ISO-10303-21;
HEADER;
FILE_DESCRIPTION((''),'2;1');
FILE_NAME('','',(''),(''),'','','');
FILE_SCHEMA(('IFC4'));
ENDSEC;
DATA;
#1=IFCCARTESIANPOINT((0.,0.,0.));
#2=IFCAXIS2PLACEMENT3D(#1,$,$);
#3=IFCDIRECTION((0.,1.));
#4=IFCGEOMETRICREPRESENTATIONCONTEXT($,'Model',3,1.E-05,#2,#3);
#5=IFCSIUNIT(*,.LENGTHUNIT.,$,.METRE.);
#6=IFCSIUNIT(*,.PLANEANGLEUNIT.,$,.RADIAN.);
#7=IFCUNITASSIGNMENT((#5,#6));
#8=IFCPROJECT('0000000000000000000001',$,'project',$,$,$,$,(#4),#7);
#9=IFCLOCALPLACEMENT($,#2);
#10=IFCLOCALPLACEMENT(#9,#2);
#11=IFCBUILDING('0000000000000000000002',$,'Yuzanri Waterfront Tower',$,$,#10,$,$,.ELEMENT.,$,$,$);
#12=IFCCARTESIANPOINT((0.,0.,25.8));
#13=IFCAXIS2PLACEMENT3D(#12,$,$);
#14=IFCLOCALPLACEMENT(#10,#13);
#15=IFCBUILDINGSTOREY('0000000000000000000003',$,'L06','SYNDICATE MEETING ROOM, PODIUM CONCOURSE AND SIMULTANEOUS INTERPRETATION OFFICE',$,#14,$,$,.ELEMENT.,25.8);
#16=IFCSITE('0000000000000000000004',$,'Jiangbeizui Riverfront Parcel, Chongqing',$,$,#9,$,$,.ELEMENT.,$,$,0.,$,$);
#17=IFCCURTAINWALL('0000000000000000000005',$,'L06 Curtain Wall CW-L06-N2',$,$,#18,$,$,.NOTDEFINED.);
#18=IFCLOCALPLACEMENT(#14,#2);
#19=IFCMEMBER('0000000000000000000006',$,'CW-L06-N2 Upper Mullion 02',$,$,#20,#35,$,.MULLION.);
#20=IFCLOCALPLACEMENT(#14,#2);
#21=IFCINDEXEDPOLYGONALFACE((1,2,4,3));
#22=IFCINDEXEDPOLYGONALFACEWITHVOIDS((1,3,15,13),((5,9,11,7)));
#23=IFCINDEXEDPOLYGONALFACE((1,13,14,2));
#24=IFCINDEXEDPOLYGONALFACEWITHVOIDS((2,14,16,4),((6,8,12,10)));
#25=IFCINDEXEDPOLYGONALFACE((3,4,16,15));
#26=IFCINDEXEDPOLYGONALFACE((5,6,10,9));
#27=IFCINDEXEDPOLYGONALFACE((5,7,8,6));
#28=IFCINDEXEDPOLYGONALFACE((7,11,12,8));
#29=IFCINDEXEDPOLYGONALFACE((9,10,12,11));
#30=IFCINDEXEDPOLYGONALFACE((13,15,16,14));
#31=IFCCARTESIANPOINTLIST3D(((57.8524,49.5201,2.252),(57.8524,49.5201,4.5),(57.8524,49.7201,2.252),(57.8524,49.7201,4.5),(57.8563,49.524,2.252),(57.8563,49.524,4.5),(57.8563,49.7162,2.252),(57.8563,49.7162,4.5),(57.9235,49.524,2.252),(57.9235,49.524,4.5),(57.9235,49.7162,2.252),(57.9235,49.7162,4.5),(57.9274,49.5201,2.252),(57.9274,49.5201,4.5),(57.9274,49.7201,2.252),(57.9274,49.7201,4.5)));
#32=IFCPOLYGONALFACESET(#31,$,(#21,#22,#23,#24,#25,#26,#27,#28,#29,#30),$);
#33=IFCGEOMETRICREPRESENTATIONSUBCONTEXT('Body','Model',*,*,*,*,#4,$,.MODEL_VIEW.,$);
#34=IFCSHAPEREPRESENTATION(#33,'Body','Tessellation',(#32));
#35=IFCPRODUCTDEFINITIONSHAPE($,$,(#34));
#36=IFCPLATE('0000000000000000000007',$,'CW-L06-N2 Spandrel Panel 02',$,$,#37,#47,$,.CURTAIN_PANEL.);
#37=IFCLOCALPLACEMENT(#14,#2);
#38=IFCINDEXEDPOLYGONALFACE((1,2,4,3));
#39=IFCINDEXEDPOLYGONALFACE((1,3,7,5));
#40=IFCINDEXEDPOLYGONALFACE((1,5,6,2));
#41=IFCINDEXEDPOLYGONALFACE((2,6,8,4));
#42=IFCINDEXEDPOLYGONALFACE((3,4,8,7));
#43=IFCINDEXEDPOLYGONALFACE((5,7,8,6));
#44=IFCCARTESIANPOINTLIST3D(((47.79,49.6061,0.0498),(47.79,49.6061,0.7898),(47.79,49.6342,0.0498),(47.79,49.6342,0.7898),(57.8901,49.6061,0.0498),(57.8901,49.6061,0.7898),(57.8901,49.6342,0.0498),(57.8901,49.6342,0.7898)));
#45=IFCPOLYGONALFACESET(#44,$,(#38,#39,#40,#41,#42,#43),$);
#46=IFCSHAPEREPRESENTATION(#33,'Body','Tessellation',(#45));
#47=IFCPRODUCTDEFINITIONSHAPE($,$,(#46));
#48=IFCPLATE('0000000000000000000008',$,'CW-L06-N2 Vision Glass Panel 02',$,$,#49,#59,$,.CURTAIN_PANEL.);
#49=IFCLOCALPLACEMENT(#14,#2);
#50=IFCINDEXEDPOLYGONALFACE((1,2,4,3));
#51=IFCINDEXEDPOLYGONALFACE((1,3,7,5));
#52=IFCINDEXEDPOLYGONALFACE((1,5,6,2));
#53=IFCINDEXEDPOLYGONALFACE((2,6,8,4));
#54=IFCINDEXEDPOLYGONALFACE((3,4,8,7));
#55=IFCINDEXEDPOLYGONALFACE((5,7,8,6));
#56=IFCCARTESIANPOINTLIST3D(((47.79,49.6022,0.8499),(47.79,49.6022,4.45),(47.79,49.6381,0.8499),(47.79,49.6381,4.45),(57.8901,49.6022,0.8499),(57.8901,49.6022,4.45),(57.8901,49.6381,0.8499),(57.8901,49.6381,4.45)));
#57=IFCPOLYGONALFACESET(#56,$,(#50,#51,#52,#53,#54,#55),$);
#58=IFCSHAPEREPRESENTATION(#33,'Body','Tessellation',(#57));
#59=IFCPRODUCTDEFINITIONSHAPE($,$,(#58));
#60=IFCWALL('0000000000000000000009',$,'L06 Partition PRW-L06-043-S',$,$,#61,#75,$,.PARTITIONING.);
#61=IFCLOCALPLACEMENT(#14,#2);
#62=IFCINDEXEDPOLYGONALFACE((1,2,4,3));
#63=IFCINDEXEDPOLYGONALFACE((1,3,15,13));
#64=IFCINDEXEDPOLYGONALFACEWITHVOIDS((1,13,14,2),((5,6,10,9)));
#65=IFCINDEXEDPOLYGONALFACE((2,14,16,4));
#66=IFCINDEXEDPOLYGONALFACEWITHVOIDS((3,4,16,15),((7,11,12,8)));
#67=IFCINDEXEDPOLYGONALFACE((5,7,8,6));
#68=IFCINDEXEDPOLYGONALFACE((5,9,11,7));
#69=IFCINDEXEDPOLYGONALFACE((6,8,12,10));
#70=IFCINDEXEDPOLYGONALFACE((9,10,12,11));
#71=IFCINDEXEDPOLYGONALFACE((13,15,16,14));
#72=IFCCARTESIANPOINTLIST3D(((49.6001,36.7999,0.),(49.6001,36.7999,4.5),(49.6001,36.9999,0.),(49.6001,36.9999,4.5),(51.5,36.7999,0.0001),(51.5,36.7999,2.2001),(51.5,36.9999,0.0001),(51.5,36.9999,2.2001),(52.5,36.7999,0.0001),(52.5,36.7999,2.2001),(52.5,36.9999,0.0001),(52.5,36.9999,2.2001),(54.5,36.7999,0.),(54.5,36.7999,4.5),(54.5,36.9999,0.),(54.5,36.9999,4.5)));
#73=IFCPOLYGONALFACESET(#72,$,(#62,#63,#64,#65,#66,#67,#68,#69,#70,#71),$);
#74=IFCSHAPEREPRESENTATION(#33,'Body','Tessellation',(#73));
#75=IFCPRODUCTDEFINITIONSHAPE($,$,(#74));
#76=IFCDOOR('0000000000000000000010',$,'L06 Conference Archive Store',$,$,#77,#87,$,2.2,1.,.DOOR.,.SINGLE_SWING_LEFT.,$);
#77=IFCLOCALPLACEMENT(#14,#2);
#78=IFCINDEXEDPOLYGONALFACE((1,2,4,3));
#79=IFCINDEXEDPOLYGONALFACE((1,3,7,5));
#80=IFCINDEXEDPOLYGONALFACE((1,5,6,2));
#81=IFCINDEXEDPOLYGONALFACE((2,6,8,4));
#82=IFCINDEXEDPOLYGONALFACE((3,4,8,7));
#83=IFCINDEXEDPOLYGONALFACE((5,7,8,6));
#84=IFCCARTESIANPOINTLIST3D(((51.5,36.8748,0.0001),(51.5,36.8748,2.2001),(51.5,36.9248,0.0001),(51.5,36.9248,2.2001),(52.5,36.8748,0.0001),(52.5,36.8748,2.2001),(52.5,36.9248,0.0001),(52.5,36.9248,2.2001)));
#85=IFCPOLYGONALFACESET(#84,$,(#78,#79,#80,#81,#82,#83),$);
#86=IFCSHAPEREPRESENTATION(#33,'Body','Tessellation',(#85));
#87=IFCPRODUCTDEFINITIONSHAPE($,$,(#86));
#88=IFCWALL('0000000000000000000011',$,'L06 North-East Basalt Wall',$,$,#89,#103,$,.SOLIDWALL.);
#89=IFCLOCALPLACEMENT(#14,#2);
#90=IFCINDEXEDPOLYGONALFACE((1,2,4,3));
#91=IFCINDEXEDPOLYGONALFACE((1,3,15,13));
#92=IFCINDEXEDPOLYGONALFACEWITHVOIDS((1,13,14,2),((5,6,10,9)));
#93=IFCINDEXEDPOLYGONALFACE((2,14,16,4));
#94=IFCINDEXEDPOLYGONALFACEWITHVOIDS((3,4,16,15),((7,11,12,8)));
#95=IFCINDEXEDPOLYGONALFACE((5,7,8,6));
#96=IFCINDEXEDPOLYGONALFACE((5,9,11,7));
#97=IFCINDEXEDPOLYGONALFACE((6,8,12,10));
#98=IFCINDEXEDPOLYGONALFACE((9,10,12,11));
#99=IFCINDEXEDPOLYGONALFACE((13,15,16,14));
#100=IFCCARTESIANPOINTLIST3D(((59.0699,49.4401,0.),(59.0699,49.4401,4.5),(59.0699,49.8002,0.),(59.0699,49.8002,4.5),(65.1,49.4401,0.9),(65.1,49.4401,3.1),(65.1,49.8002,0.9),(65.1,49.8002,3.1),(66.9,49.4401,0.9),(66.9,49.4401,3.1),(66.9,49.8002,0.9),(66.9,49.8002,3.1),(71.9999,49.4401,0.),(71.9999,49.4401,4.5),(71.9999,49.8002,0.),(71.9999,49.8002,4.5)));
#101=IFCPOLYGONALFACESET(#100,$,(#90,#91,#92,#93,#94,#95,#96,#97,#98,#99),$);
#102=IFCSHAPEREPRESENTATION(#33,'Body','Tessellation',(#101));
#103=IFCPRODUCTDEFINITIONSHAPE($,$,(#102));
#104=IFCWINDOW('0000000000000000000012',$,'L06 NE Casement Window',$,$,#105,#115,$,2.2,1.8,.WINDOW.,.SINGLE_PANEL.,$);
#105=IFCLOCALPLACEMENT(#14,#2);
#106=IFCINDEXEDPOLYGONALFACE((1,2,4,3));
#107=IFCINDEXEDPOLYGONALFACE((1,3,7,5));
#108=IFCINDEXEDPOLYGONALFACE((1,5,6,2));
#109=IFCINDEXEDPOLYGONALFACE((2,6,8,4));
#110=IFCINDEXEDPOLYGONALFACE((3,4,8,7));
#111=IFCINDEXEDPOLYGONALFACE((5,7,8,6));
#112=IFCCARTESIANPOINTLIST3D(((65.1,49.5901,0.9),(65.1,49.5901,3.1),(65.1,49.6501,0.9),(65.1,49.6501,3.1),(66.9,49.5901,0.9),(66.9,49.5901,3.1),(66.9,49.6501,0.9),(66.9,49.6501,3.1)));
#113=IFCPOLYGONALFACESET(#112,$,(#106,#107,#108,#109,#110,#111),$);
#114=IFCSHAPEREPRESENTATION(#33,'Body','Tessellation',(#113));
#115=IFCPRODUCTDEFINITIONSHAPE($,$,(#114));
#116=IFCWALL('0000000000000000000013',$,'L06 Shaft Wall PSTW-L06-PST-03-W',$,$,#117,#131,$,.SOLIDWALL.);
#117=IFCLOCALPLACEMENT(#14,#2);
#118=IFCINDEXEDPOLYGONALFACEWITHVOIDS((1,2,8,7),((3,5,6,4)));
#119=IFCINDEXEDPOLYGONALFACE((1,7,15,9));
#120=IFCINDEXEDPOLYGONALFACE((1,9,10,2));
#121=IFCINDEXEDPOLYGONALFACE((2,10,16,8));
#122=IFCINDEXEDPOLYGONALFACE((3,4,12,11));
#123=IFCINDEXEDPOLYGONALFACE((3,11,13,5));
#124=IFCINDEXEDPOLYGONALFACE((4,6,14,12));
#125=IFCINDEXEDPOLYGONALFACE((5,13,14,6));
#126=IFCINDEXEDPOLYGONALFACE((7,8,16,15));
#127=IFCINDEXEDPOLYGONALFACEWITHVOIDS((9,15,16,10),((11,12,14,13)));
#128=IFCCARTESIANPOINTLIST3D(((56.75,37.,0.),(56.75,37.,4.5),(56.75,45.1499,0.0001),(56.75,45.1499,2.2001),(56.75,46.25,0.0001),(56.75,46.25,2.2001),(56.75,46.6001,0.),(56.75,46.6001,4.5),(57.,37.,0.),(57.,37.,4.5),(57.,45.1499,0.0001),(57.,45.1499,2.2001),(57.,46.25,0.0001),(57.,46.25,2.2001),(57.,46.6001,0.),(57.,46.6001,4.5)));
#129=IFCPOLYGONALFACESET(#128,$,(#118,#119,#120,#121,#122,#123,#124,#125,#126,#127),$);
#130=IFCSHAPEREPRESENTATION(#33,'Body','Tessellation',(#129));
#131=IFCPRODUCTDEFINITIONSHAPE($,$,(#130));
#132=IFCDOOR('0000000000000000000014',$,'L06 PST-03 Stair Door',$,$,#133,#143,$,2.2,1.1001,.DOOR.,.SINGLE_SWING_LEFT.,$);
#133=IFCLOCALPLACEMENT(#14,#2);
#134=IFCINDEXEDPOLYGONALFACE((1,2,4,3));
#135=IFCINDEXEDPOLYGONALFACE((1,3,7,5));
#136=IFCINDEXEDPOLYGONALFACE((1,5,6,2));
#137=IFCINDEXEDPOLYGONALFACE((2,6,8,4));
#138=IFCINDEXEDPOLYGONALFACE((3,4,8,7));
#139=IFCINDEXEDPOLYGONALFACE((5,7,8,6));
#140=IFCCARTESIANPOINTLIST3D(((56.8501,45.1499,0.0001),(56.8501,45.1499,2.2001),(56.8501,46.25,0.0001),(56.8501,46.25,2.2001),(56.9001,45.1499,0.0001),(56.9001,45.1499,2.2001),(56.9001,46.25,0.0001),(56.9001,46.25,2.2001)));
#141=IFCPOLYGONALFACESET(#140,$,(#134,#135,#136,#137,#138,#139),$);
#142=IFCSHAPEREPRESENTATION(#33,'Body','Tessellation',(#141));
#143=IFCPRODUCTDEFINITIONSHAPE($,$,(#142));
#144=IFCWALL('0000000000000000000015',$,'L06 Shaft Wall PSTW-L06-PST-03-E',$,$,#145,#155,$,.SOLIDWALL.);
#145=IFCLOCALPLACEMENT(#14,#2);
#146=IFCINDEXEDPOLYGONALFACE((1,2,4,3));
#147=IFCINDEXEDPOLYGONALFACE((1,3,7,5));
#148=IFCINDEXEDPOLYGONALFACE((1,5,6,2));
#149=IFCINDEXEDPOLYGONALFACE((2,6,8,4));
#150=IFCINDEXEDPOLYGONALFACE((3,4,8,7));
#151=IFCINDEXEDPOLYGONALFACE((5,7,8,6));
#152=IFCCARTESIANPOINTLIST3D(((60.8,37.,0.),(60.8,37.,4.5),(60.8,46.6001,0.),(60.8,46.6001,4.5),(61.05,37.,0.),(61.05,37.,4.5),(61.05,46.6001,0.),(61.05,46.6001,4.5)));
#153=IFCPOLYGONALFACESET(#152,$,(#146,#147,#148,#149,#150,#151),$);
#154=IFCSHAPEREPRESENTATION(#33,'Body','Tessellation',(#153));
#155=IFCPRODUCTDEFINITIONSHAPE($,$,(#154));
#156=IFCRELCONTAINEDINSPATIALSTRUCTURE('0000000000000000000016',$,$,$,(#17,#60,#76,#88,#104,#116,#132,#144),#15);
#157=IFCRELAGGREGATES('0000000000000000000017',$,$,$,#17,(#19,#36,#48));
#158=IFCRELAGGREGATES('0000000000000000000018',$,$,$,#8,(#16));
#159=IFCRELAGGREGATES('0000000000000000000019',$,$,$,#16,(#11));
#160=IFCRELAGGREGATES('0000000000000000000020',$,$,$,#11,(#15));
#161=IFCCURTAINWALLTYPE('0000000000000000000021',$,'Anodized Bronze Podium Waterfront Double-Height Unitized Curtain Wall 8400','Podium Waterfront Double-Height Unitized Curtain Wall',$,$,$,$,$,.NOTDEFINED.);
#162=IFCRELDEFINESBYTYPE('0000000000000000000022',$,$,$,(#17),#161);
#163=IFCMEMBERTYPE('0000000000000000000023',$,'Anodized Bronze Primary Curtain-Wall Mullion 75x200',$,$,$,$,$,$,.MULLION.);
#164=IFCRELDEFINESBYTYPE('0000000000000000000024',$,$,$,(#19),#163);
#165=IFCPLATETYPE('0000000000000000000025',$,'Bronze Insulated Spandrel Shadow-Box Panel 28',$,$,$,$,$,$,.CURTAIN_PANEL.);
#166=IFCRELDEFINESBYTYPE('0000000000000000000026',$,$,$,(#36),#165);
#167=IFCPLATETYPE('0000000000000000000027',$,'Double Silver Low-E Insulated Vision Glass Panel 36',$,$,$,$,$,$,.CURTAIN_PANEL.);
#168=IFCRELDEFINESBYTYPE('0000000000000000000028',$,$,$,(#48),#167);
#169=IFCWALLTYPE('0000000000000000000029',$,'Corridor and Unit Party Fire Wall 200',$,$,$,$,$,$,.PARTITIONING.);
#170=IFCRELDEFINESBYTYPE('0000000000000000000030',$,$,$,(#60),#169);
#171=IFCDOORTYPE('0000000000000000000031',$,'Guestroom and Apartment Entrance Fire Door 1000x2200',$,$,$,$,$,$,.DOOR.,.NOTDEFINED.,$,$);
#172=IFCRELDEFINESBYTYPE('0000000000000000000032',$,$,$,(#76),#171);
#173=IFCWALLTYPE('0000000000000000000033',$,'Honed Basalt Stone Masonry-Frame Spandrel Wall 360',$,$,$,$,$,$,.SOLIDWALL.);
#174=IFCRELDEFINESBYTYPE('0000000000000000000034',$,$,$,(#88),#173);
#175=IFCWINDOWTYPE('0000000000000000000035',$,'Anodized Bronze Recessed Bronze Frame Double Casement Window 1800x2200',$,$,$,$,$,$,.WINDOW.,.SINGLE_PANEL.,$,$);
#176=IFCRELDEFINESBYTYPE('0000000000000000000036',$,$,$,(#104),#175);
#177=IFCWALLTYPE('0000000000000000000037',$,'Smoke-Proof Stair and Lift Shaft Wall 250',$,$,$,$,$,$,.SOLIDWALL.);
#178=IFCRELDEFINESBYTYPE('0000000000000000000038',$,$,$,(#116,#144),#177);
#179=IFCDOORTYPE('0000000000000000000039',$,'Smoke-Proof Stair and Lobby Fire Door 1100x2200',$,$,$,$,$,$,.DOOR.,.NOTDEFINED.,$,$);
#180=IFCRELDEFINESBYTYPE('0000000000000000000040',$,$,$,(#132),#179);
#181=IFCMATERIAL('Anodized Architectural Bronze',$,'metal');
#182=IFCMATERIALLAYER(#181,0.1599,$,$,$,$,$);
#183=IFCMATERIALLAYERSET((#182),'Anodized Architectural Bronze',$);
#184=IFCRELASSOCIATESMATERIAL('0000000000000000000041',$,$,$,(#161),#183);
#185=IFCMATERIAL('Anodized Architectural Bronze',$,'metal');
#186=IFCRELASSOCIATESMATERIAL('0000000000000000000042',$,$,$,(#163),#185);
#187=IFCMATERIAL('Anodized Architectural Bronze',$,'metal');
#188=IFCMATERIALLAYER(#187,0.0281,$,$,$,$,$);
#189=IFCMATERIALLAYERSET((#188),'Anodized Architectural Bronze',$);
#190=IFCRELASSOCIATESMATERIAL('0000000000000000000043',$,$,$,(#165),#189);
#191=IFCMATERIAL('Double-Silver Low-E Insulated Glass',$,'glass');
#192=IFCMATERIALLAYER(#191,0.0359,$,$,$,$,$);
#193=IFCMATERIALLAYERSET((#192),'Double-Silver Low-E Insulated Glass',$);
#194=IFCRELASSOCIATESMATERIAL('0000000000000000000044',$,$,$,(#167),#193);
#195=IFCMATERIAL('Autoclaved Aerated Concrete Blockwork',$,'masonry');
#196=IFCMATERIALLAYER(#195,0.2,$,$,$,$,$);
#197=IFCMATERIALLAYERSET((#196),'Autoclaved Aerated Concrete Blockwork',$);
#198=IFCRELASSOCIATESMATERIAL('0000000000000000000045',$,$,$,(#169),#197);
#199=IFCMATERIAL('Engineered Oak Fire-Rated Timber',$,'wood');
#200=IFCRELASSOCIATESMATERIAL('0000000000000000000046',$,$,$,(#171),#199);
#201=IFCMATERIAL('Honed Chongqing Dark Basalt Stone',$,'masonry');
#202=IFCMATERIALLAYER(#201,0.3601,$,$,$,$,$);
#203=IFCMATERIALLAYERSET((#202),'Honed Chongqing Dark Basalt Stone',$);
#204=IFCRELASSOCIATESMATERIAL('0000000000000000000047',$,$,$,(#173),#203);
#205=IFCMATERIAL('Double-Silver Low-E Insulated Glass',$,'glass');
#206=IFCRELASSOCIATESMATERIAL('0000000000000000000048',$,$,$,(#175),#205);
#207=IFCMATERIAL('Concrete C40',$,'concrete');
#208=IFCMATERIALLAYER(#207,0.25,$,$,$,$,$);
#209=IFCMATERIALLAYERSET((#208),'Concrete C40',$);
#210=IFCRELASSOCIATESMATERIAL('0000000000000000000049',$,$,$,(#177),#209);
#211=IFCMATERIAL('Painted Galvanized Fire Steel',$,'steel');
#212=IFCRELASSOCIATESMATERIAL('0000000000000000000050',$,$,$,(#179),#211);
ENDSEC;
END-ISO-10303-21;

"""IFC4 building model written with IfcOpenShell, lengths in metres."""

from ifc_helpers import new_model, si_unit, direction, frame, frame_2d, origin, origin_2d, place, context, subcontext, project, spatial, rectangle, hollow_rectangle, extrude, source, transform, mapped, material, layer, layer_set, material_profile, profile_set, type_object, element, fill, aggregate, save


model = new_model("IFC4")

# Units and contexts
model_context = context("Model", 3, precision=1e-05, world=origin(), true_north=direction((0.0, 1.0)))
body_context = subcontext(model_context, "Body", "Model", "MODEL_VIEW")
ifc_project = project(units=[si_unit("LENGTHUNIT", "METRE"), si_unit("PLANEANGLEUNIT", "RADIAN")], contexts=[model_context])

# Site, building, storey
site_placement = place(None, origin())
site = spatial("IfcSite", under=ifc_project, at=site_placement, Name="Jiangbeizui Riverfront Parcel, Chongqing", CompositionType="ELEMENT", RefElevation=0.0)
building_placement = place(site_placement, origin())
building = spatial("IfcBuilding", under=site, at=building_placement, Name="Yuzanri Waterfront Tower", CompositionType="ELEMENT")
storey_placement = place(building_placement, frame((0.0, 0.0, 25.8)))
storey = spatial("IfcBuildingStorey", under=building, at=storey_placement, Name="L06", Description="SYNDICATE MEETING ROOM, PODIUM CONCOURSE AND SIMULTANEOUS INTERPRETATION OFFICE", CompositionType="ELEMENT", Elevation=25.8)

# Curtain wall, member, plates
ifc_material_1 = material(Name="Anodized Architectural Bronze", Category="metal")
ifc_layer_1 = layer(ifc_material_1, 0.1599)
ifc_layer_set_1 = layer_set([ifc_layer_1], Name="Anodized Architectural Bronze")
curtain_wall_type = type_object("IfcCurtainWallType", Name="Anodized Bronze Podium Waterfront Double-Height Unitized Curtain Wall 8400", Description="Podium Waterfront Double-Height Unitized Curtain Wall", PredefinedType="NOTDEFINED", material=ifc_layer_set_1)
curtain_wall_placement = place(storey_placement, origin())
curtain_wall = element("IfcCurtainWall", 1, at=curtain_wall_placement, inside=storey, type_object=curtain_wall_type, Name="L06 Curtain Wall CW-L06-N2", PredefinedType="NOTDEFINED")
ifc_material_2 = material(Name="Anodized Architectural Bronze", Category="metal")
ifc_material_profile_1 = material_profile(ifc_material_2, hollow_rectangle(XDim=0.075, YDim=0.2, WallThickness=0.0039, at=origin_2d()), Name="CWM 75x200")
ifc_profile_set_1 = profile_set([ifc_material_profile_1], Name="Anodized Architectural Bronze")
member_type = type_object("IfcMemberType", Name="Anodized Bronze Primary Curtain-Wall Mullion 75x200", PredefinedType="MULLION", material=ifc_profile_set_1)
shared_shape_1 = source(origin(), body_context, "Body", "SweptSolid", [
    extrude(hollow_rectangle(XDim=0.075, YDim=0.2, WallThickness=0.0039, at=origin_2d()), origin(), (0.0, 0.0, 1.0), 2.248),
])
member_1_placement = place(storey_placement, frame((57.8899, 49.6201, 2.252), z_axis=(0.0, 0.0, 1.0), x_axis=(1.0, 0.0, 0.0)))
member_1 = element("IfcMember", 2, at=member_1_placement, type_object=member_type, Name="CW-L06-N2 Upper Mullion 02", PredefinedType="MULLION", context=body_context, shape_type="MappedRepresentation", body=[
    mapped(shared_shape_1, transform((0.0, 0.0, 0.0), scale=1.0)),
])
ifc_material_3 = material(Name="Anodized Architectural Bronze", Category="metal")
ifc_layer_2 = layer(ifc_material_3, 0.0281)
ifc_layer_set_2 = layer_set([ifc_layer_2], Name="Anodized Architectural Bronze")
plate_type_1 = type_object("IfcPlateType", Name="Bronze Insulated Spandrel Shadow-Box Panel 28", PredefinedType="CURTAIN_PANEL", material=ifc_layer_set_2)
shared_shape_2 = source(origin(), body_context, "Body", "SweptSolid", [
    extrude(rectangle(XDim=10.1001, YDim=0.0281, at=origin_2d()), origin(), (0.0, 0.0, 1.0), 0.74),
])
plate_1_placement = place(storey_placement, frame((52.8401, 49.6201, 0.0498), z_axis=(0.0, 0.0, 1.0), x_axis=(1.0, 0.0, 0.0)))
plate_1 = element("IfcPlate", 3, at=plate_1_placement, type_object=plate_type_1, Name="CW-L06-N2 Spandrel Panel 02", PredefinedType="CURTAIN_PANEL", context=body_context, shape_type="MappedRepresentation", body=[
    mapped(shared_shape_2, transform((0.0, 0.0, 0.0), scale=1.0)),
])
ifc_material_4 = material(Name="Double-Silver Low-E Insulated Glass", Category="glass")
ifc_layer_3 = layer(ifc_material_4, 0.0359)
ifc_layer_set_3 = layer_set([ifc_layer_3], Name="Double-Silver Low-E Insulated Glass")
plate_type_2 = type_object("IfcPlateType", Name="Double Silver Low-E Insulated Vision Glass Panel 36", PredefinedType="CURTAIN_PANEL", material=ifc_layer_set_3)
shared_shape_3 = source(origin(), body_context, "Body", "SweptSolid", [
    extrude(rectangle(XDim=10.1001, YDim=0.0359, at=origin_2d()), origin(), (0.0, 0.0, 1.0), 3.6001),
])
plate_2_placement = place(storey_placement, frame((52.8401, 49.6201, 0.8499), z_axis=(0.0, 0.0, 1.0), x_axis=(1.0, 0.0, 0.0)))
plate_2 = element("IfcPlate", 4, at=plate_2_placement, type_object=plate_type_2, Name="CW-L06-N2 Vision Glass Panel 02", PredefinedType="CURTAIN_PANEL", context=body_context, shape_type="MappedRepresentation", body=[
    mapped(shared_shape_3, transform((0.0, 0.0, 0.0), scale=1.0)),
])
aggregate(curtain_wall, [member_1, plate_1, plate_2])

# Wall, opening, door
ifc_material_5 = material(Name="Autoclaved Aerated Concrete Blockwork", Category="masonry")
ifc_layer_4 = layer(ifc_material_5, 0.2)
ifc_layer_set_4 = layer_set([ifc_layer_4], Name="Autoclaved Aerated Concrete Blockwork")
wall_type_1 = type_object("IfcWallType", Name="Corridor and Unit Party Fire Wall 200", PredefinedType="PARTITIONING", material=ifc_layer_set_4)
wall_1_placement = place(storey_placement, frame((49.6001, 36.8999, 0.0), z_axis=(0.0, 0.0, 1.0), x_axis=(1.0, 0.0, 0.0)))
wall_1 = element("IfcWall", 5, at=wall_1_placement, inside=storey, type_object=wall_type_1, Name="L06 Partition PRW-L06-043-S", PredefinedType="PARTITIONING", context=body_context, shape_type="SweptSolid", body=[
    extrude(rectangle(XDim=4.8999, YDim=0.2, at=frame_2d((2.45, 0.0))), origin(), (0.0, 0.0, 1.0), 4.5),
])
opening_1_placement = place(wall_1_placement, frame((1.8999, 0.0, 0.0)))
opening_1 = element("IfcOpeningElement", 6, at=opening_1_placement, cuts=wall_1, PredefinedType="OPENING", context=body_context, shape_type="SweptSolid", body=[
    extrude(rectangle(XDim=1.0, YDim=2.2, at=frame_2d((0.5, 1.1001))), frame((0.0, 0.1147, 0.0), z_axis=(0.0, -1.0, 0.0), x_axis=(1.0, 0.0, 0.0)), (0.0, 0.0, 1.0), 0.2297),
])
ifc_material_6 = material(Name="Engineered Oak Fire-Rated Timber", Category="wood")
door_type_1 = type_object("IfcDoorType", Name="Guestroom and Apartment Entrance Fire Door 1000x2200", OperationType="NOTDEFINED", PredefinedType="DOOR", material=ifc_material_6)
shared_shape_4 = source(origin(), body_context, "Body", "SweptSolid", [
    extrude(rectangle(XDim=1.0, YDim=2.2, at=frame_2d((0.5, 1.1001))), frame((0.0, 0.0249, 0.0), z_axis=(0.0, -1.0, 0.0), x_axis=(1.0, 0.0, 0.0)), (0.0, 0.0, 1.0), 0.05),
])
door_1_placement = place(opening_1_placement, origin())
door_1 = element("IfcDoor", 7, at=door_1_placement, inside=storey, type_object=door_type_1, Name="L06 Conference Archive Store", OperationType="SINGLE_SWING_LEFT", OverallHeight=2.2, OverallWidth=1.0, PredefinedType="DOOR", context=body_context, shape_type="MappedRepresentation", body=[
    mapped(shared_shape_4, transform((0.0, 0.0, 0.0), scale=1.0)),
])
fill(opening_1, door_1)

# Wall, opening, window
ifc_material_7 = material(Name="Honed Chongqing Dark Basalt Stone", Category="masonry")
ifc_layer_5 = layer(ifc_material_7, 0.3601)
ifc_layer_set_5 = layer_set([ifc_layer_5], Name="Honed Chongqing Dark Basalt Stone")
wall_type_2 = type_object("IfcWallType", Name="Honed Basalt Stone Masonry-Frame Spandrel Wall 360", PredefinedType="SOLIDWALL", material=ifc_layer_set_5)
wall_2_placement = place(storey_placement, frame((59.0701, 49.6201, 0.0), z_axis=(0.0, 0.0, 1.0), x_axis=(1.0, 0.0, 0.0)))
wall_2 = element("IfcWall", 8, at=wall_2_placement, inside=storey, type_object=wall_type_2, Name="L06 North-East Basalt Wall", PredefinedType="SOLIDWALL", context=body_context, shape_type="SweptSolid", body=[
    extrude(rectangle(XDim=12.9299, YDim=0.3601, at=frame_2d((6.4648, 0.0))), origin(), (0.0, 0.0, 1.0), 4.5),
])
opening_2_placement = place(wall_2_placement, frame((6.03, 0.0, 0.8999)))
opening_2 = element("IfcOpeningElement", 9, at=opening_2_placement, cuts=wall_2, PredefinedType="OPENING", context=body_context, shape_type="SweptSolid", body=[
    extrude(rectangle(XDim=1.8, YDim=2.2, at=frame_2d((0.8999, 1.1001))), frame((0.0, 0.1948, 0.0), z_axis=(0.0, -1.0, 0.0), x_axis=(1.0, 0.0, 0.0)), (0.0, 0.0, 1.0), 0.3899),
])
ifc_material_8 = material(Name="Double-Silver Low-E Insulated Glass", Category="glass")
window_type = type_object("IfcWindowType", Name="Anodized Bronze Recessed Bronze Frame Double Casement Window 1800x2200", PartitioningType="SINGLE_PANEL", PredefinedType="WINDOW", material=ifc_material_8)
shared_shape_5 = source(origin(), body_context, "Body", "SweptSolid", [
    extrude(rectangle(XDim=1.8, YDim=2.2, at=frame_2d((0.8999, 1.1001))), frame((0.0, 0.03, 0.0), z_axis=(0.0, -1.0, 0.0), x_axis=(1.0, 0.0, 0.0)), (0.0, 0.0, 1.0), 0.0601),
])
window_placement = place(opening_2_placement, origin())
window = element("IfcWindow", 10, at=window_placement, inside=storey, type_object=window_type, Name="L06 NE Casement Window", OverallHeight=2.2, OverallWidth=1.8, PartitioningType="SINGLE_PANEL", PredefinedType="WINDOW", context=body_context, shape_type="MappedRepresentation", body=[
    mapped(shared_shape_5, transform((0.0, 0.0, 0.0), scale=1.0)),
])
fill(opening_2, window)

# Wall, opening, door
ifc_material_9 = material(Name="Concrete C40", Category="concrete")
ifc_layer_6 = layer(ifc_material_9, 0.25)
ifc_layer_set_6 = layer_set([ifc_layer_6], Name="Concrete C40")
wall_type_3 = type_object("IfcWallType", Name="Smoke-Proof Stair and Lift Shaft Wall 250", PredefinedType="SOLIDWALL", material=ifc_layer_set_6)
wall_3_placement = place(storey_placement, frame((56.875, 37.0, 0.0), z_axis=(0.0, 0.0, 1.0), x_axis=(0.0, 1.0, 0.0)))
wall_3 = element("IfcWall", 11, at=wall_3_placement, inside=storey, type_object=wall_type_3, Name="L06 Shaft Wall PSTW-L06-PST-03-W", PredefinedType="SOLIDWALL", context=body_context, shape_type="SweptSolid", body=[
    extrude(rectangle(XDim=9.6001, YDim=0.25, at=frame_2d((4.8, 0.0))), origin(), (0.0, 0.0, 1.0), 4.5),
])
opening_3_placement = place(wall_3_placement, frame((8.1499, 0.0, 0.0)))
opening_3 = element("IfcOpeningElement", 12, at=opening_3_placement, cuts=wall_3, PredefinedType="OPENING", context=body_context, shape_type="SweptSolid", body=[
    extrude(rectangle(XDim=1.1001, YDim=2.2, at=frame_2d((0.55, 1.1001))), frame((0.0, 0.1399, 0.0), z_axis=(0.0, -1.0, 0.0), x_axis=(1.0, 0.0, 0.0)), (0.0, 0.0, 1.0), 0.2798),
])
ifc_material_10 = material(Name="Painted Galvanized Fire Steel", Category="steel")
door_type_2 = type_object("IfcDoorType", Name="Smoke-Proof Stair and Lobby Fire Door 1100x2200", OperationType="NOTDEFINED", PredefinedType="DOOR", material=ifc_material_10)
shared_shape_6 = source(origin(), body_context, "Body", "SweptSolid", [
    extrude(rectangle(XDim=1.1001, YDim=2.2, at=frame_2d((0.55, 1.1001))), frame((0.0, 0.0249, 0.0), z_axis=(0.0, -1.0, 0.0), x_axis=(1.0, 0.0, 0.0)), (0.0, 0.0, 1.0), 0.05),
])
door_2_placement = place(opening_3_placement, origin())
door_2 = element("IfcDoor", 13, at=door_2_placement, inside=storey, type_object=door_type_2, Name="L06 PST-03 Stair Door", OperationType="SINGLE_SWING_LEFT", OverallHeight=2.2, OverallWidth=1.1001, PredefinedType="DOOR", context=body_context, shape_type="MappedRepresentation", body=[
    mapped(shared_shape_6, transform((0.0, 0.0, 0.0), scale=1.0)),
])
fill(opening_3, door_2)

# Wall
shared_shape_7 = source(origin(), body_context, "Body", "SweptSolid", [
    extrude(rectangle(XDim=9.6001, YDim=0.25, at=frame_2d((4.8, 0.0))), origin(), (0.0, 0.0, 1.0), 4.5),
])
wall_4_placement = place(storey_placement, frame((60.925, 37.0, 0.0), z_axis=(0.0, 0.0, 1.0), x_axis=(0.0, 1.0, 0.0)))
element("IfcWall", 14, at=wall_4_placement, inside=storey, type_object=wall_type_3, Name="L06 Shaft Wall PSTW-L06-PST-03-E", PredefinedType="SOLIDWALL", context=body_context, shape_type="MappedRepresentation", body=[
    mapped(shared_shape_7, transform((0.0, 0.0, 0.0), scale=1.0)),
])

save(model, "model.ifc")
